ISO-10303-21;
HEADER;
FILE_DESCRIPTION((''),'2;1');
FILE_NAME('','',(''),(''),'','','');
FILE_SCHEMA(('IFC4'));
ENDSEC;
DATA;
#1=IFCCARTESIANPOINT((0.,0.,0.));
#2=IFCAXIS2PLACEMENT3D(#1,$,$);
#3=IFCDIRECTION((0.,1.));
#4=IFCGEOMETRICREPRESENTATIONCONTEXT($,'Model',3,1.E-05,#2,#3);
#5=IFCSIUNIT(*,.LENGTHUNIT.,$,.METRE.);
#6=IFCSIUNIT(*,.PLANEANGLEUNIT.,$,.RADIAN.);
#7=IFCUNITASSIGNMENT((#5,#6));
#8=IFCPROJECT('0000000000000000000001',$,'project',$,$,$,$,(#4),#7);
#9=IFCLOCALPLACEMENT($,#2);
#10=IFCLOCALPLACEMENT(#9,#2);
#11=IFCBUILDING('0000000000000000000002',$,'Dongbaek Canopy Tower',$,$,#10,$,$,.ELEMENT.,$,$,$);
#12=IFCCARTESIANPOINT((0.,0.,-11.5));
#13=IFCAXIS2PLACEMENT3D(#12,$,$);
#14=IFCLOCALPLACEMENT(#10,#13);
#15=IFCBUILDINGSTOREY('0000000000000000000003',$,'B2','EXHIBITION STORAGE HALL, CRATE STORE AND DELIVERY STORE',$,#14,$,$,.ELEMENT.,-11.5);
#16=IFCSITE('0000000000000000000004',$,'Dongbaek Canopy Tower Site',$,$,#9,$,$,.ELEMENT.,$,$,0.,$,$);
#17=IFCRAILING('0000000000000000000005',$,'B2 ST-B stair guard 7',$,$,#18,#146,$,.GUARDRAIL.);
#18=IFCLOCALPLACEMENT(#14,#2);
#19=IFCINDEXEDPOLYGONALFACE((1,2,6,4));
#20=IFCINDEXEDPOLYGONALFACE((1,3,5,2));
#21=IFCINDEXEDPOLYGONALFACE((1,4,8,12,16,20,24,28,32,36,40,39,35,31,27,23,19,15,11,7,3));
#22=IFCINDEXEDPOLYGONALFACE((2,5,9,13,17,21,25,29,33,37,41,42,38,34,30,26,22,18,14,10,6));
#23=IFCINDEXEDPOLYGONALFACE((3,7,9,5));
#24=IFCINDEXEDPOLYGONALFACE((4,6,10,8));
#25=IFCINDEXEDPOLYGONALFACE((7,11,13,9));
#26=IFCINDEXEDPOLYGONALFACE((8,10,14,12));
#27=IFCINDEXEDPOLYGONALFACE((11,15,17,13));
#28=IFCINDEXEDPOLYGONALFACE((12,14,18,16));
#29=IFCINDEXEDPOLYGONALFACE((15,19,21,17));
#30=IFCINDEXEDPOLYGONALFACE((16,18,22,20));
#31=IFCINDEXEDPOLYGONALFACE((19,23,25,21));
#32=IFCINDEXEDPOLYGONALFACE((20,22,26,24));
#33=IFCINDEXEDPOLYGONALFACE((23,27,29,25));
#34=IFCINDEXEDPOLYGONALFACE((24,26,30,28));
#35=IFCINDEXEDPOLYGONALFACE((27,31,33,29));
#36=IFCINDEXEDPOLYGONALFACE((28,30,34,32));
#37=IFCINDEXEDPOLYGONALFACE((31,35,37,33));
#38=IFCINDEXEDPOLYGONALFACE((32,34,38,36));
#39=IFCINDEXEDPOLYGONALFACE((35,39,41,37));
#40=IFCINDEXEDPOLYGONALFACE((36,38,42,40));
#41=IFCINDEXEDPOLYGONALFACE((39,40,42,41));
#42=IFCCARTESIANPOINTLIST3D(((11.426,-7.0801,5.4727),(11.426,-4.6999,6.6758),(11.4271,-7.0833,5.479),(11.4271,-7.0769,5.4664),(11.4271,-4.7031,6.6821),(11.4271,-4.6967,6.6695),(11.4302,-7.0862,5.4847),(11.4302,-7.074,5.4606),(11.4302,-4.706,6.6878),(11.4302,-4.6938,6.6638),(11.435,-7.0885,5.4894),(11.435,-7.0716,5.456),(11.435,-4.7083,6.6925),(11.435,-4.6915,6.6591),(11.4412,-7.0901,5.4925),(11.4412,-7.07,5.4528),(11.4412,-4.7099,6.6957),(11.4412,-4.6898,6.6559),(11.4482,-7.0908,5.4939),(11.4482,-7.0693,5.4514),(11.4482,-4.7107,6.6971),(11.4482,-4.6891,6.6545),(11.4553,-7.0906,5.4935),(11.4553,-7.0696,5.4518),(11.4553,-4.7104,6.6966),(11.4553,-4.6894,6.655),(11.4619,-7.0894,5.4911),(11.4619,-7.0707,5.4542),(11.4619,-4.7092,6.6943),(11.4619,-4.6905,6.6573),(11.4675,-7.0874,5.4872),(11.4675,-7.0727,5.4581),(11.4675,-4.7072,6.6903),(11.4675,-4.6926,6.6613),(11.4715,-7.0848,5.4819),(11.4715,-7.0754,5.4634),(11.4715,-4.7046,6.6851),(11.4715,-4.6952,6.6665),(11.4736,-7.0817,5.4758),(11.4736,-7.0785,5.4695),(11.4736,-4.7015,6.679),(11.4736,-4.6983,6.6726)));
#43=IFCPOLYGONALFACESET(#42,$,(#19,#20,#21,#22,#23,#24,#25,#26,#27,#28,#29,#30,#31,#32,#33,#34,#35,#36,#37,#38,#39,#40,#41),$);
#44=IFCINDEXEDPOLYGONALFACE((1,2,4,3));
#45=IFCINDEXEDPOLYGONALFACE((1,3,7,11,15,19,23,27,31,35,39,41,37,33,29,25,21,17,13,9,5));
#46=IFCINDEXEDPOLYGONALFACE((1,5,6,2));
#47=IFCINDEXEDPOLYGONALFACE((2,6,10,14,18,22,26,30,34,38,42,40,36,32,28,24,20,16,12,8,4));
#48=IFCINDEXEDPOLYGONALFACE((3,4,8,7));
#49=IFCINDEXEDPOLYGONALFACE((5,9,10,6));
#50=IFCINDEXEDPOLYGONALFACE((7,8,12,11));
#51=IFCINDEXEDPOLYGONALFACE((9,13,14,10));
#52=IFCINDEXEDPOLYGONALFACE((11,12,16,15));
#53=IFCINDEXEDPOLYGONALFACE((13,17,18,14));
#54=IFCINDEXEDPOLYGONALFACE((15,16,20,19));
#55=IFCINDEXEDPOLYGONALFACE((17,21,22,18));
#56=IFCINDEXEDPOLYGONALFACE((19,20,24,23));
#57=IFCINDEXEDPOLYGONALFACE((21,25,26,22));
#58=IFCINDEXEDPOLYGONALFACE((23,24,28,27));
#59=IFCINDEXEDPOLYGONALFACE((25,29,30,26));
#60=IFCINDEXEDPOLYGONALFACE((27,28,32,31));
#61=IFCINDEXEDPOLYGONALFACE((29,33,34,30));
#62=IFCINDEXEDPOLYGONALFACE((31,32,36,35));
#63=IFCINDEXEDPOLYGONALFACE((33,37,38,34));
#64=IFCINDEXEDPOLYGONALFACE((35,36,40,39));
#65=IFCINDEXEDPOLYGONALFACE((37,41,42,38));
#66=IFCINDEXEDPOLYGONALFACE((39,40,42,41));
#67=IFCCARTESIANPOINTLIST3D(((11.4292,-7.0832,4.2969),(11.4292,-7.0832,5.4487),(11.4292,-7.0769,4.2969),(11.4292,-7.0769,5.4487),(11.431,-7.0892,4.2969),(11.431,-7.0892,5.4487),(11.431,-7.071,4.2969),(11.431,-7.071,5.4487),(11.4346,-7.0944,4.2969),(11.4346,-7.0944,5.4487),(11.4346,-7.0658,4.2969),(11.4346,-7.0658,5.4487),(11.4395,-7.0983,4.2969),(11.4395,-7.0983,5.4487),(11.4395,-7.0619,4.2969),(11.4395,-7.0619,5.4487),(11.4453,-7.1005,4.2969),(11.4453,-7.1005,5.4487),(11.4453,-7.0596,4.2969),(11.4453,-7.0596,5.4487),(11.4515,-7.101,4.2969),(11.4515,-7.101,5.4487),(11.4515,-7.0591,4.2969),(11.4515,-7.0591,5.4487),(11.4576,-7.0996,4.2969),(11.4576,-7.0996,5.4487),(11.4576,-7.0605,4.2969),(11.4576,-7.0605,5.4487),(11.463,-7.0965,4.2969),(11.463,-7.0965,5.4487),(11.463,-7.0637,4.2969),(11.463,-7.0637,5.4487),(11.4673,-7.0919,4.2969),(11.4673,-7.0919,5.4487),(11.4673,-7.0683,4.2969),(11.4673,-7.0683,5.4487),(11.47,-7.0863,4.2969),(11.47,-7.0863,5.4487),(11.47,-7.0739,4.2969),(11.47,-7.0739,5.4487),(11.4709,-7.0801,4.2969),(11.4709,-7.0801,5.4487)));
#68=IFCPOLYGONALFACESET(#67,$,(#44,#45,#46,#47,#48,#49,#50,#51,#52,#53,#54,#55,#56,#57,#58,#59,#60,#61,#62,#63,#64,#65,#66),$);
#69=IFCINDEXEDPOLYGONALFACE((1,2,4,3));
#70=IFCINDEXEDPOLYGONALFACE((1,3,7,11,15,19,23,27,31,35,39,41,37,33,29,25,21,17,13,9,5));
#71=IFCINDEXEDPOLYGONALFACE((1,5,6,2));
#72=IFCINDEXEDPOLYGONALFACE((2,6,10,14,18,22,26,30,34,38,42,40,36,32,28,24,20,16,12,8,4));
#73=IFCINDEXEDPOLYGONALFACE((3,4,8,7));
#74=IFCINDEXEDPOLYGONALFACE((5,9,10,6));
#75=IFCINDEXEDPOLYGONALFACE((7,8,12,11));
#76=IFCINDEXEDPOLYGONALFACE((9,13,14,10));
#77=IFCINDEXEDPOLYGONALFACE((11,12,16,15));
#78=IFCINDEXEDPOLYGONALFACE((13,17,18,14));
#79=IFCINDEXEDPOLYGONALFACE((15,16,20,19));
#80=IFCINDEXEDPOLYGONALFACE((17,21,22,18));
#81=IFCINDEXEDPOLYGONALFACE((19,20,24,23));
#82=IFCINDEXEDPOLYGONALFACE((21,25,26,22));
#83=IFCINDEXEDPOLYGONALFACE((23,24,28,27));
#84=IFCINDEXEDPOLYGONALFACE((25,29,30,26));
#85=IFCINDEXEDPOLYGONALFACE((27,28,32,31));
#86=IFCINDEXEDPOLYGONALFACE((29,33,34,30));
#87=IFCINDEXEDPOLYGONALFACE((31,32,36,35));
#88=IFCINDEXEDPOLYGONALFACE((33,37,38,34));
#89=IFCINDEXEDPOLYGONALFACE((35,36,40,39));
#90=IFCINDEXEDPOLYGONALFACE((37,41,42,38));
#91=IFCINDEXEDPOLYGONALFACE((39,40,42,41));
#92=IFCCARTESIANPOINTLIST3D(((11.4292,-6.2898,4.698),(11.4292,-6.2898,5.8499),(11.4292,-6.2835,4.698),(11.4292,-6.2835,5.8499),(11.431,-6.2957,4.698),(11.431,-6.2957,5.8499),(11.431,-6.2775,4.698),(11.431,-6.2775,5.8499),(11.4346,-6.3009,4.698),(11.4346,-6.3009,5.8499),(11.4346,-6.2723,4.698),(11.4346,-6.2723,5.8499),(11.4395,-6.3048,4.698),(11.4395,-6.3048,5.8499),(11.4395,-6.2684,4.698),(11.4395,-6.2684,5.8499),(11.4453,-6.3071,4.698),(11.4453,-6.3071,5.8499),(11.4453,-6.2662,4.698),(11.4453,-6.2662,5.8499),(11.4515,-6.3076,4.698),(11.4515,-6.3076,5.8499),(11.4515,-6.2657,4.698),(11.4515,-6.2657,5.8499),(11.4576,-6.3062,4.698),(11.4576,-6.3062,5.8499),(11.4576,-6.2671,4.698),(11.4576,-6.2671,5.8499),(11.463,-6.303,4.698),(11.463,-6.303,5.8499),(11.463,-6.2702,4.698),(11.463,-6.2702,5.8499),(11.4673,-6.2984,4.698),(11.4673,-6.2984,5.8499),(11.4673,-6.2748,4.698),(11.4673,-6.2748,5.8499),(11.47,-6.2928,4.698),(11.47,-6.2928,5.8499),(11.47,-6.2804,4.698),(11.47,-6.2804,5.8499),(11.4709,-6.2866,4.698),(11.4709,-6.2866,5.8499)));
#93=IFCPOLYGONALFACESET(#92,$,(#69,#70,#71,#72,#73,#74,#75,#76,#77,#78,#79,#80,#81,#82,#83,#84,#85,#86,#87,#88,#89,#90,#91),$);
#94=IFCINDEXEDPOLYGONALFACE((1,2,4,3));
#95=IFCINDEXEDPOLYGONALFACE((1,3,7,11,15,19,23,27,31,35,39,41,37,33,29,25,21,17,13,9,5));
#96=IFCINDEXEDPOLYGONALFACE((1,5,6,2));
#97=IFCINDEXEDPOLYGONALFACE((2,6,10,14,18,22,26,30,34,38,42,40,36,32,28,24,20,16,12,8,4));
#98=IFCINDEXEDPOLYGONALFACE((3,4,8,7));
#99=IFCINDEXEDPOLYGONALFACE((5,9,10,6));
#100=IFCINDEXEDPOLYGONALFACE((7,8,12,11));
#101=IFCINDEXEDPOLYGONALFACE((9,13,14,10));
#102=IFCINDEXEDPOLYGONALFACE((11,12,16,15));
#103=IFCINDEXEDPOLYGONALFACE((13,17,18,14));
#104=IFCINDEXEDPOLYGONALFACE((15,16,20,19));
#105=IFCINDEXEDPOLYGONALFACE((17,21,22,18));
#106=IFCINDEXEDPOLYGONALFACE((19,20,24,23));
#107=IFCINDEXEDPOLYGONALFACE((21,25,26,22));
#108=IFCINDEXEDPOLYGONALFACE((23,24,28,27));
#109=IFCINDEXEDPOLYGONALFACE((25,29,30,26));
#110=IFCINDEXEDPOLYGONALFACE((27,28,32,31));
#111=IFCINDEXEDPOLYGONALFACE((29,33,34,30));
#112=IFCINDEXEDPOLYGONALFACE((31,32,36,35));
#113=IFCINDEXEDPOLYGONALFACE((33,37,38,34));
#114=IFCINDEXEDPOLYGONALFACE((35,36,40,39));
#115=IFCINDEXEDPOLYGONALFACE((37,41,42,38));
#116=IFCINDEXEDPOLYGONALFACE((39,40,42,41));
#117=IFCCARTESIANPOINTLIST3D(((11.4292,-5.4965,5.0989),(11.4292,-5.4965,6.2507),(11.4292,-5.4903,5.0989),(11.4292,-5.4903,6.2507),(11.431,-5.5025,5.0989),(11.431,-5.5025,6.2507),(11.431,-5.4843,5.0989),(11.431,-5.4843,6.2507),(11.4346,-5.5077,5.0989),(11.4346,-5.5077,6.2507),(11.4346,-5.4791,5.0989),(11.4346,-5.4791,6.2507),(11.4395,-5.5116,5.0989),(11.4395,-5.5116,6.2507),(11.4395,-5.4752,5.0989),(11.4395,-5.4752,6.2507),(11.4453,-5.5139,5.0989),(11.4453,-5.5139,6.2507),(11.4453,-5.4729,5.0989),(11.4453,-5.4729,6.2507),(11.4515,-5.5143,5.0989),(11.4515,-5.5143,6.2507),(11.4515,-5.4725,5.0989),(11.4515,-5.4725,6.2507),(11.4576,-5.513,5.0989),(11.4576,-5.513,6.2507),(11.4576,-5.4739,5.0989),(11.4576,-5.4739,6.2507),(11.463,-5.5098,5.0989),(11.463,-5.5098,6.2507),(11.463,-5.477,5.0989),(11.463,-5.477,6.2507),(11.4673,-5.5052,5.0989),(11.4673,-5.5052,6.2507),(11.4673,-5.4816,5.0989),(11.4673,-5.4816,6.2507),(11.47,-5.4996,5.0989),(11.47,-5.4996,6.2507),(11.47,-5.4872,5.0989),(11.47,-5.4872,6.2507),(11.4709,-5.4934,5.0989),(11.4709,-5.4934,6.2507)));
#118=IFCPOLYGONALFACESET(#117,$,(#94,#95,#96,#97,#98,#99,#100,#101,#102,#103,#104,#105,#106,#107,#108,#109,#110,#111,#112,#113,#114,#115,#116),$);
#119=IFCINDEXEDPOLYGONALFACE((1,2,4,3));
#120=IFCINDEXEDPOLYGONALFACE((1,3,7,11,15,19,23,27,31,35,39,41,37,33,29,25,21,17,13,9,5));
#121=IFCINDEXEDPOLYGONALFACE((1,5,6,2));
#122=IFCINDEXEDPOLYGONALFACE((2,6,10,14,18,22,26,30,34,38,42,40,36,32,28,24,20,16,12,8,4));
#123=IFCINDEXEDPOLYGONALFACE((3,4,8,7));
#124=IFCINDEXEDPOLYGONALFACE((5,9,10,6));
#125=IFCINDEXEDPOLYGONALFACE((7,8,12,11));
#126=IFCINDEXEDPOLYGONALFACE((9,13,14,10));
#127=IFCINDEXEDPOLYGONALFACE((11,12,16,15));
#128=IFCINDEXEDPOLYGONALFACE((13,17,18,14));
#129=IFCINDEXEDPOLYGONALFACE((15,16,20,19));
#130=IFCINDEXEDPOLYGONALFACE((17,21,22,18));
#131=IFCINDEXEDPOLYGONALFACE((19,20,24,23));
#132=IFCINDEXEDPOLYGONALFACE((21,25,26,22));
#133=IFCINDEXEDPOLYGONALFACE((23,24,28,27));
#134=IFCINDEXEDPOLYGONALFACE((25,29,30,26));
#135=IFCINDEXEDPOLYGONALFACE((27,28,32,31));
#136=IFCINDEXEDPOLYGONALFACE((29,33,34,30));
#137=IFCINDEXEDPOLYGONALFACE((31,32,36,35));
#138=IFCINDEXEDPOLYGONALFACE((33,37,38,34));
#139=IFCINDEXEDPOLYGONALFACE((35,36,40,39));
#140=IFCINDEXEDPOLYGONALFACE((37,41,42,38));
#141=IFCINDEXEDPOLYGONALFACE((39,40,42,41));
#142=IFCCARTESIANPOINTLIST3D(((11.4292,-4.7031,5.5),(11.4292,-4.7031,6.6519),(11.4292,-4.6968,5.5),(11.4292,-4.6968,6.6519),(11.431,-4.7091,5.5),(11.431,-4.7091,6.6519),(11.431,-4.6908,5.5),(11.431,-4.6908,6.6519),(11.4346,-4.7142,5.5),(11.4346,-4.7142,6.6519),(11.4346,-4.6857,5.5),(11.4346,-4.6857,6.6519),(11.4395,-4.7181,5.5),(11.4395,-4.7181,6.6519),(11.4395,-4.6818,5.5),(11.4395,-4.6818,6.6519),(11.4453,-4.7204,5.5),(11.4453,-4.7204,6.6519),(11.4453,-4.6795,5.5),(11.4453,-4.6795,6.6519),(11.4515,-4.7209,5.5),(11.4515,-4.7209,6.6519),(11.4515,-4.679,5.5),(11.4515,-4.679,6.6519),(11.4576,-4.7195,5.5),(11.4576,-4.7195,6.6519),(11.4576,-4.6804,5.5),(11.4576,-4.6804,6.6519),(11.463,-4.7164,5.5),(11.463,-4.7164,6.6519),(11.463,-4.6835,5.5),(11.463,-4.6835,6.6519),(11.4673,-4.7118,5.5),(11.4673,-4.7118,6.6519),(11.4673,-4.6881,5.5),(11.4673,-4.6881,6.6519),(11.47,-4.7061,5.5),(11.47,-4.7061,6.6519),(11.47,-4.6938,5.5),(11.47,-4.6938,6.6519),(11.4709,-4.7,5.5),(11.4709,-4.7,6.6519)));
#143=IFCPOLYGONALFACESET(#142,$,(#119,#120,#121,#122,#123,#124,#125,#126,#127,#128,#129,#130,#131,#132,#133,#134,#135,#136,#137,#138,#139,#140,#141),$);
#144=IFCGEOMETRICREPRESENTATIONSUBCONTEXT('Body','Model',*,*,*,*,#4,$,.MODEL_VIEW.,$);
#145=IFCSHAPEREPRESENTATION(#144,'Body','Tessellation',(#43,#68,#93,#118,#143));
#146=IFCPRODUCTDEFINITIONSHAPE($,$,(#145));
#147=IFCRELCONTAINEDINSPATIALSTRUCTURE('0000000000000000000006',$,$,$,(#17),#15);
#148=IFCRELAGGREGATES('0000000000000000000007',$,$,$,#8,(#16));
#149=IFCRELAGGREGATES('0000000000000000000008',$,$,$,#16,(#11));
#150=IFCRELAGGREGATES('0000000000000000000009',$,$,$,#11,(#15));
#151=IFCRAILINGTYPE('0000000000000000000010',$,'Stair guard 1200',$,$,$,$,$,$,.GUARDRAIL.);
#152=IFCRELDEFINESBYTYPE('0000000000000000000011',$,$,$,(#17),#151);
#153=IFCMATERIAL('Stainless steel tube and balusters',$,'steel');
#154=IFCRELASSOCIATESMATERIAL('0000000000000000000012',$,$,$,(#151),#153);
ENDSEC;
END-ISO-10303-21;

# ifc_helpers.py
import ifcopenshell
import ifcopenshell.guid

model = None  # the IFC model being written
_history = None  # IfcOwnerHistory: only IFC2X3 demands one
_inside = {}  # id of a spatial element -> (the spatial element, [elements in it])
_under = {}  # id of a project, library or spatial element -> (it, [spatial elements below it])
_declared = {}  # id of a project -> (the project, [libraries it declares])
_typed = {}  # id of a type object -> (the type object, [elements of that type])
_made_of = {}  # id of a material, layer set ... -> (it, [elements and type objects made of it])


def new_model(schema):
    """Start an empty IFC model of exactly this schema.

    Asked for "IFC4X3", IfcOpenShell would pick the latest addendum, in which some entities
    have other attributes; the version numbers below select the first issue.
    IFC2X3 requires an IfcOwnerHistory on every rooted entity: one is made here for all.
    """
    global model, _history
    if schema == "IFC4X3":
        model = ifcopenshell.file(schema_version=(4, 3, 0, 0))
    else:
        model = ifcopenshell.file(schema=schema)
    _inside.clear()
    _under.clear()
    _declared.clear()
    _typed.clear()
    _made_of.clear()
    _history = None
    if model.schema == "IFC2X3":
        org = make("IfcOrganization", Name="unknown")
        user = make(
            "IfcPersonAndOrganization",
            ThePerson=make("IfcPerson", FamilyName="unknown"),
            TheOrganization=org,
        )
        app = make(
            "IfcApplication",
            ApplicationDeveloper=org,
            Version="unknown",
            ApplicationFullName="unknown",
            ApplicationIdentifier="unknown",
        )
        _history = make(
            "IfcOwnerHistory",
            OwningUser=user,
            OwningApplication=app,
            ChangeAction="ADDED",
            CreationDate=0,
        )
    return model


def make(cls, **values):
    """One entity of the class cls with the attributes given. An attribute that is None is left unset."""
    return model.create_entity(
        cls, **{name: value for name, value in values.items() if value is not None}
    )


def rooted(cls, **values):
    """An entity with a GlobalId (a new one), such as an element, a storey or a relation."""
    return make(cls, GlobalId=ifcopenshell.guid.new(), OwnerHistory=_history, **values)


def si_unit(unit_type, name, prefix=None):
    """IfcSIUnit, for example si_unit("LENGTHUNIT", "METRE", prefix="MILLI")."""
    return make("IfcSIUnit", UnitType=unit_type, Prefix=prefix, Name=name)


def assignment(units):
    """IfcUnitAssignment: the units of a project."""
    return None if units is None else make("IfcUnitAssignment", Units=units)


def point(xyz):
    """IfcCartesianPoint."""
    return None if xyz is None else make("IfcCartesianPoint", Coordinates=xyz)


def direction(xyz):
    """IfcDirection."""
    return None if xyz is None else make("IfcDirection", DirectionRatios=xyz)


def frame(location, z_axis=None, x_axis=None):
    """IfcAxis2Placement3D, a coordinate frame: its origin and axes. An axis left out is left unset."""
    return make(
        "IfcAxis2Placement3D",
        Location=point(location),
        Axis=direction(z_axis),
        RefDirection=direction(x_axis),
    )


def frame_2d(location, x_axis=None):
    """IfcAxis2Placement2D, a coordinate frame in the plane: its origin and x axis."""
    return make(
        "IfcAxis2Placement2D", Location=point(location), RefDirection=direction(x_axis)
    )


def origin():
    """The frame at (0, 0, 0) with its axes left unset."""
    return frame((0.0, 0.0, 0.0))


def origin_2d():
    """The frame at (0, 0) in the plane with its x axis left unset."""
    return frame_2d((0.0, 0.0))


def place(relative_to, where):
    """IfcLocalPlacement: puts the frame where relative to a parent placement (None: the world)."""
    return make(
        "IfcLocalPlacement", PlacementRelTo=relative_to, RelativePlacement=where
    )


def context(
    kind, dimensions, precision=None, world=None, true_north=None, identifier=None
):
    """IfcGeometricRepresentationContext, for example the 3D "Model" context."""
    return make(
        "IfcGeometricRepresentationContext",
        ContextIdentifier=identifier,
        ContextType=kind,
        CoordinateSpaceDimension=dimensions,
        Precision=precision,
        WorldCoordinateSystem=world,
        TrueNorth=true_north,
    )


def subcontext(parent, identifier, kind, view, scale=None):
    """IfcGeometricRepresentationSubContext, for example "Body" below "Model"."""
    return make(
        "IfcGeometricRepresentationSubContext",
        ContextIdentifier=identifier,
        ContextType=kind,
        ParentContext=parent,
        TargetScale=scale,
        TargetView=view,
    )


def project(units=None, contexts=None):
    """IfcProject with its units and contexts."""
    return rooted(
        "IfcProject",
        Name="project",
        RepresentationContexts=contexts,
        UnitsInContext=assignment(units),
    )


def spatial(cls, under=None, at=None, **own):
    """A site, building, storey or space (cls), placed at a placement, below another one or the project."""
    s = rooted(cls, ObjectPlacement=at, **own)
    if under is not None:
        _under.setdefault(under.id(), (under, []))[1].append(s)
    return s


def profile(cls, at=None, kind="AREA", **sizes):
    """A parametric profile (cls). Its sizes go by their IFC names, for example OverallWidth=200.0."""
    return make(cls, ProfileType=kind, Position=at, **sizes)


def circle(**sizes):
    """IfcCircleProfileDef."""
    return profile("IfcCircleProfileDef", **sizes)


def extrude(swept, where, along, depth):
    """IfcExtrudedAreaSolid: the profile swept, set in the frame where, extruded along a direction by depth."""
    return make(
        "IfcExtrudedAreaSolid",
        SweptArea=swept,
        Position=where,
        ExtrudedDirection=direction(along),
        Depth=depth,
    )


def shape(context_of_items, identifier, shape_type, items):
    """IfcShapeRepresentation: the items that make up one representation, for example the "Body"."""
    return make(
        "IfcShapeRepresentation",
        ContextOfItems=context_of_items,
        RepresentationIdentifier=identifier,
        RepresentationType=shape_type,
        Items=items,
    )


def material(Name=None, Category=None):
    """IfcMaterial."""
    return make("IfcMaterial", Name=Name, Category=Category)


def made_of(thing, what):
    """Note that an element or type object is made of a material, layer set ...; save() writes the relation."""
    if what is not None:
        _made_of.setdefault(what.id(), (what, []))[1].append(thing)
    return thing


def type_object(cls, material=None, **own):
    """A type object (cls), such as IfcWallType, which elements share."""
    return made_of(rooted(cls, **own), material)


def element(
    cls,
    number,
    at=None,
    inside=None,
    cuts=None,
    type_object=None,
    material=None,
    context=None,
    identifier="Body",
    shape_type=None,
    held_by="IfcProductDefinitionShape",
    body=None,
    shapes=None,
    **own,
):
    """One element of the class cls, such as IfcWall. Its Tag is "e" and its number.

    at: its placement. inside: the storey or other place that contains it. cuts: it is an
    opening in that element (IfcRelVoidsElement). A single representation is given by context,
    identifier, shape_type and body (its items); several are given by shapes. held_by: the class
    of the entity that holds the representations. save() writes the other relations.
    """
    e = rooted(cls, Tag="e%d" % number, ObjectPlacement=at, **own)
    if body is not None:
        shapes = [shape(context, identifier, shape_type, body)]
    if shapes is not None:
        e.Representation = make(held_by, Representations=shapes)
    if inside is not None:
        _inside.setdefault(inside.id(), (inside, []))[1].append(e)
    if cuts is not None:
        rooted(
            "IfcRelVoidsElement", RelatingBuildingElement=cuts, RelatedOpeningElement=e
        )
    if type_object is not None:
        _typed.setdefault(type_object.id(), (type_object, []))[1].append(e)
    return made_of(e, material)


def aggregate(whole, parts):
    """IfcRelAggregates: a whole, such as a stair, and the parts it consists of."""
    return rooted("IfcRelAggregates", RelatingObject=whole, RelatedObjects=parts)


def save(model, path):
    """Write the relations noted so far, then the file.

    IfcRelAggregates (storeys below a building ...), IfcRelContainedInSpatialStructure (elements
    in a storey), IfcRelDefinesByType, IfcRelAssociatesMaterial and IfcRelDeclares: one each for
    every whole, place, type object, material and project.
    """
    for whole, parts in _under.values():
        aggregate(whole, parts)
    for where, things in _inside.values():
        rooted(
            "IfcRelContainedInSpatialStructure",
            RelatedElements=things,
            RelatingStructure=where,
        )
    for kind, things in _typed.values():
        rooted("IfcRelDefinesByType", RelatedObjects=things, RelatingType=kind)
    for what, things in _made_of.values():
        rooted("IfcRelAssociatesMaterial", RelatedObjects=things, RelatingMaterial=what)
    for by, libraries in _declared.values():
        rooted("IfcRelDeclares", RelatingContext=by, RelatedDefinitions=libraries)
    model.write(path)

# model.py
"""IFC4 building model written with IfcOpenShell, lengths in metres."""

from ifc_helpers import new_model, si_unit, direction, frame, origin, origin_2d, place, context, subcontext, project, spatial, circle, extrude, material, type_object, element, save


model = new_model("IFC4")

# Units and contexts
model_context = context("Model", 3, precision=1e-05, world=origin(), true_north=direction((0.0, 1.0)))
body_context = subcontext(model_context, "Body", "Model", "MODEL_VIEW")
ifc_project = project(units=[si_unit("LENGTHUNIT", "METRE"), si_unit("PLANEANGLEUNIT", "RADIAN")], contexts=[model_context])

# Site, building, storey
site_placement = place(None, origin())
site = spatial("IfcSite", under=ifc_project, at=site_placement, Name="Dongbaek Canopy Tower Site", CompositionType="ELEMENT", RefElevation=0.0)
building_placement = place(site_placement, origin())
building = spatial("IfcBuilding", under=site, at=building_placement, Name="Dongbaek Canopy Tower", CompositionType="ELEMENT")
storey_placement = place(building_placement, frame((0.0, 0.0, -11.5)))
storey = spatial("IfcBuildingStorey", under=building, at=storey_placement, Name="B2", Description="EXHIBITION STORAGE HALL, CRATE STORE AND DELIVERY STORE", CompositionType="ELEMENT", Elevation=-11.5)

# Railing
ifc_material_1 = material(Name="Stainless steel tube and balusters", Category="steel")
railing_type_1 = type_object("IfcRailingType", Name="Stair guard 1200", PredefinedType="GUARDRAIL", material=ifc_material_1)
railing_placement = place(storey_placement, frame((11.45, -7.0801, 4.2969)))
element("IfcRailing", 1, at=railing_placement, inside=storey, type_object=railing_type_1, Name="B2 ST-B stair guard 7", PredefinedType="GUARDRAIL", context=body_context, shape_type="SweptSolid", body=[
    extrude(circle(Radius=0.0239, at=origin_2d()), frame((0.0, 0.0, 1.1758), z_axis=(0.0, 0.89246, 0.451127), x_axis=(-1.0, 0.0, 0.0)), (0.0, 0.0, 1.0), 2.667),
    extrude(circle(Radius=0.021, at=origin_2d()), origin(), (0.0, 0.0, 1.0), 1.1519),
    extrude(circle(Radius=0.021, at=origin_2d()), frame((0.0, 0.7935, 0.4011)), (0.0, 0.0, 1.0), 1.1519),
    extrude(circle(Radius=0.021, at=origin_2d()), frame((0.0, 1.5867, 0.802)), (0.0, 0.0, 1.0), 1.1519),
    extrude(circle(Radius=0.021, at=origin_2d()), frame((0.0, 2.3801, 1.2031)), (0.0, 0.0, 1.0), 1.1519),
])

save(model, "model.ifc")
